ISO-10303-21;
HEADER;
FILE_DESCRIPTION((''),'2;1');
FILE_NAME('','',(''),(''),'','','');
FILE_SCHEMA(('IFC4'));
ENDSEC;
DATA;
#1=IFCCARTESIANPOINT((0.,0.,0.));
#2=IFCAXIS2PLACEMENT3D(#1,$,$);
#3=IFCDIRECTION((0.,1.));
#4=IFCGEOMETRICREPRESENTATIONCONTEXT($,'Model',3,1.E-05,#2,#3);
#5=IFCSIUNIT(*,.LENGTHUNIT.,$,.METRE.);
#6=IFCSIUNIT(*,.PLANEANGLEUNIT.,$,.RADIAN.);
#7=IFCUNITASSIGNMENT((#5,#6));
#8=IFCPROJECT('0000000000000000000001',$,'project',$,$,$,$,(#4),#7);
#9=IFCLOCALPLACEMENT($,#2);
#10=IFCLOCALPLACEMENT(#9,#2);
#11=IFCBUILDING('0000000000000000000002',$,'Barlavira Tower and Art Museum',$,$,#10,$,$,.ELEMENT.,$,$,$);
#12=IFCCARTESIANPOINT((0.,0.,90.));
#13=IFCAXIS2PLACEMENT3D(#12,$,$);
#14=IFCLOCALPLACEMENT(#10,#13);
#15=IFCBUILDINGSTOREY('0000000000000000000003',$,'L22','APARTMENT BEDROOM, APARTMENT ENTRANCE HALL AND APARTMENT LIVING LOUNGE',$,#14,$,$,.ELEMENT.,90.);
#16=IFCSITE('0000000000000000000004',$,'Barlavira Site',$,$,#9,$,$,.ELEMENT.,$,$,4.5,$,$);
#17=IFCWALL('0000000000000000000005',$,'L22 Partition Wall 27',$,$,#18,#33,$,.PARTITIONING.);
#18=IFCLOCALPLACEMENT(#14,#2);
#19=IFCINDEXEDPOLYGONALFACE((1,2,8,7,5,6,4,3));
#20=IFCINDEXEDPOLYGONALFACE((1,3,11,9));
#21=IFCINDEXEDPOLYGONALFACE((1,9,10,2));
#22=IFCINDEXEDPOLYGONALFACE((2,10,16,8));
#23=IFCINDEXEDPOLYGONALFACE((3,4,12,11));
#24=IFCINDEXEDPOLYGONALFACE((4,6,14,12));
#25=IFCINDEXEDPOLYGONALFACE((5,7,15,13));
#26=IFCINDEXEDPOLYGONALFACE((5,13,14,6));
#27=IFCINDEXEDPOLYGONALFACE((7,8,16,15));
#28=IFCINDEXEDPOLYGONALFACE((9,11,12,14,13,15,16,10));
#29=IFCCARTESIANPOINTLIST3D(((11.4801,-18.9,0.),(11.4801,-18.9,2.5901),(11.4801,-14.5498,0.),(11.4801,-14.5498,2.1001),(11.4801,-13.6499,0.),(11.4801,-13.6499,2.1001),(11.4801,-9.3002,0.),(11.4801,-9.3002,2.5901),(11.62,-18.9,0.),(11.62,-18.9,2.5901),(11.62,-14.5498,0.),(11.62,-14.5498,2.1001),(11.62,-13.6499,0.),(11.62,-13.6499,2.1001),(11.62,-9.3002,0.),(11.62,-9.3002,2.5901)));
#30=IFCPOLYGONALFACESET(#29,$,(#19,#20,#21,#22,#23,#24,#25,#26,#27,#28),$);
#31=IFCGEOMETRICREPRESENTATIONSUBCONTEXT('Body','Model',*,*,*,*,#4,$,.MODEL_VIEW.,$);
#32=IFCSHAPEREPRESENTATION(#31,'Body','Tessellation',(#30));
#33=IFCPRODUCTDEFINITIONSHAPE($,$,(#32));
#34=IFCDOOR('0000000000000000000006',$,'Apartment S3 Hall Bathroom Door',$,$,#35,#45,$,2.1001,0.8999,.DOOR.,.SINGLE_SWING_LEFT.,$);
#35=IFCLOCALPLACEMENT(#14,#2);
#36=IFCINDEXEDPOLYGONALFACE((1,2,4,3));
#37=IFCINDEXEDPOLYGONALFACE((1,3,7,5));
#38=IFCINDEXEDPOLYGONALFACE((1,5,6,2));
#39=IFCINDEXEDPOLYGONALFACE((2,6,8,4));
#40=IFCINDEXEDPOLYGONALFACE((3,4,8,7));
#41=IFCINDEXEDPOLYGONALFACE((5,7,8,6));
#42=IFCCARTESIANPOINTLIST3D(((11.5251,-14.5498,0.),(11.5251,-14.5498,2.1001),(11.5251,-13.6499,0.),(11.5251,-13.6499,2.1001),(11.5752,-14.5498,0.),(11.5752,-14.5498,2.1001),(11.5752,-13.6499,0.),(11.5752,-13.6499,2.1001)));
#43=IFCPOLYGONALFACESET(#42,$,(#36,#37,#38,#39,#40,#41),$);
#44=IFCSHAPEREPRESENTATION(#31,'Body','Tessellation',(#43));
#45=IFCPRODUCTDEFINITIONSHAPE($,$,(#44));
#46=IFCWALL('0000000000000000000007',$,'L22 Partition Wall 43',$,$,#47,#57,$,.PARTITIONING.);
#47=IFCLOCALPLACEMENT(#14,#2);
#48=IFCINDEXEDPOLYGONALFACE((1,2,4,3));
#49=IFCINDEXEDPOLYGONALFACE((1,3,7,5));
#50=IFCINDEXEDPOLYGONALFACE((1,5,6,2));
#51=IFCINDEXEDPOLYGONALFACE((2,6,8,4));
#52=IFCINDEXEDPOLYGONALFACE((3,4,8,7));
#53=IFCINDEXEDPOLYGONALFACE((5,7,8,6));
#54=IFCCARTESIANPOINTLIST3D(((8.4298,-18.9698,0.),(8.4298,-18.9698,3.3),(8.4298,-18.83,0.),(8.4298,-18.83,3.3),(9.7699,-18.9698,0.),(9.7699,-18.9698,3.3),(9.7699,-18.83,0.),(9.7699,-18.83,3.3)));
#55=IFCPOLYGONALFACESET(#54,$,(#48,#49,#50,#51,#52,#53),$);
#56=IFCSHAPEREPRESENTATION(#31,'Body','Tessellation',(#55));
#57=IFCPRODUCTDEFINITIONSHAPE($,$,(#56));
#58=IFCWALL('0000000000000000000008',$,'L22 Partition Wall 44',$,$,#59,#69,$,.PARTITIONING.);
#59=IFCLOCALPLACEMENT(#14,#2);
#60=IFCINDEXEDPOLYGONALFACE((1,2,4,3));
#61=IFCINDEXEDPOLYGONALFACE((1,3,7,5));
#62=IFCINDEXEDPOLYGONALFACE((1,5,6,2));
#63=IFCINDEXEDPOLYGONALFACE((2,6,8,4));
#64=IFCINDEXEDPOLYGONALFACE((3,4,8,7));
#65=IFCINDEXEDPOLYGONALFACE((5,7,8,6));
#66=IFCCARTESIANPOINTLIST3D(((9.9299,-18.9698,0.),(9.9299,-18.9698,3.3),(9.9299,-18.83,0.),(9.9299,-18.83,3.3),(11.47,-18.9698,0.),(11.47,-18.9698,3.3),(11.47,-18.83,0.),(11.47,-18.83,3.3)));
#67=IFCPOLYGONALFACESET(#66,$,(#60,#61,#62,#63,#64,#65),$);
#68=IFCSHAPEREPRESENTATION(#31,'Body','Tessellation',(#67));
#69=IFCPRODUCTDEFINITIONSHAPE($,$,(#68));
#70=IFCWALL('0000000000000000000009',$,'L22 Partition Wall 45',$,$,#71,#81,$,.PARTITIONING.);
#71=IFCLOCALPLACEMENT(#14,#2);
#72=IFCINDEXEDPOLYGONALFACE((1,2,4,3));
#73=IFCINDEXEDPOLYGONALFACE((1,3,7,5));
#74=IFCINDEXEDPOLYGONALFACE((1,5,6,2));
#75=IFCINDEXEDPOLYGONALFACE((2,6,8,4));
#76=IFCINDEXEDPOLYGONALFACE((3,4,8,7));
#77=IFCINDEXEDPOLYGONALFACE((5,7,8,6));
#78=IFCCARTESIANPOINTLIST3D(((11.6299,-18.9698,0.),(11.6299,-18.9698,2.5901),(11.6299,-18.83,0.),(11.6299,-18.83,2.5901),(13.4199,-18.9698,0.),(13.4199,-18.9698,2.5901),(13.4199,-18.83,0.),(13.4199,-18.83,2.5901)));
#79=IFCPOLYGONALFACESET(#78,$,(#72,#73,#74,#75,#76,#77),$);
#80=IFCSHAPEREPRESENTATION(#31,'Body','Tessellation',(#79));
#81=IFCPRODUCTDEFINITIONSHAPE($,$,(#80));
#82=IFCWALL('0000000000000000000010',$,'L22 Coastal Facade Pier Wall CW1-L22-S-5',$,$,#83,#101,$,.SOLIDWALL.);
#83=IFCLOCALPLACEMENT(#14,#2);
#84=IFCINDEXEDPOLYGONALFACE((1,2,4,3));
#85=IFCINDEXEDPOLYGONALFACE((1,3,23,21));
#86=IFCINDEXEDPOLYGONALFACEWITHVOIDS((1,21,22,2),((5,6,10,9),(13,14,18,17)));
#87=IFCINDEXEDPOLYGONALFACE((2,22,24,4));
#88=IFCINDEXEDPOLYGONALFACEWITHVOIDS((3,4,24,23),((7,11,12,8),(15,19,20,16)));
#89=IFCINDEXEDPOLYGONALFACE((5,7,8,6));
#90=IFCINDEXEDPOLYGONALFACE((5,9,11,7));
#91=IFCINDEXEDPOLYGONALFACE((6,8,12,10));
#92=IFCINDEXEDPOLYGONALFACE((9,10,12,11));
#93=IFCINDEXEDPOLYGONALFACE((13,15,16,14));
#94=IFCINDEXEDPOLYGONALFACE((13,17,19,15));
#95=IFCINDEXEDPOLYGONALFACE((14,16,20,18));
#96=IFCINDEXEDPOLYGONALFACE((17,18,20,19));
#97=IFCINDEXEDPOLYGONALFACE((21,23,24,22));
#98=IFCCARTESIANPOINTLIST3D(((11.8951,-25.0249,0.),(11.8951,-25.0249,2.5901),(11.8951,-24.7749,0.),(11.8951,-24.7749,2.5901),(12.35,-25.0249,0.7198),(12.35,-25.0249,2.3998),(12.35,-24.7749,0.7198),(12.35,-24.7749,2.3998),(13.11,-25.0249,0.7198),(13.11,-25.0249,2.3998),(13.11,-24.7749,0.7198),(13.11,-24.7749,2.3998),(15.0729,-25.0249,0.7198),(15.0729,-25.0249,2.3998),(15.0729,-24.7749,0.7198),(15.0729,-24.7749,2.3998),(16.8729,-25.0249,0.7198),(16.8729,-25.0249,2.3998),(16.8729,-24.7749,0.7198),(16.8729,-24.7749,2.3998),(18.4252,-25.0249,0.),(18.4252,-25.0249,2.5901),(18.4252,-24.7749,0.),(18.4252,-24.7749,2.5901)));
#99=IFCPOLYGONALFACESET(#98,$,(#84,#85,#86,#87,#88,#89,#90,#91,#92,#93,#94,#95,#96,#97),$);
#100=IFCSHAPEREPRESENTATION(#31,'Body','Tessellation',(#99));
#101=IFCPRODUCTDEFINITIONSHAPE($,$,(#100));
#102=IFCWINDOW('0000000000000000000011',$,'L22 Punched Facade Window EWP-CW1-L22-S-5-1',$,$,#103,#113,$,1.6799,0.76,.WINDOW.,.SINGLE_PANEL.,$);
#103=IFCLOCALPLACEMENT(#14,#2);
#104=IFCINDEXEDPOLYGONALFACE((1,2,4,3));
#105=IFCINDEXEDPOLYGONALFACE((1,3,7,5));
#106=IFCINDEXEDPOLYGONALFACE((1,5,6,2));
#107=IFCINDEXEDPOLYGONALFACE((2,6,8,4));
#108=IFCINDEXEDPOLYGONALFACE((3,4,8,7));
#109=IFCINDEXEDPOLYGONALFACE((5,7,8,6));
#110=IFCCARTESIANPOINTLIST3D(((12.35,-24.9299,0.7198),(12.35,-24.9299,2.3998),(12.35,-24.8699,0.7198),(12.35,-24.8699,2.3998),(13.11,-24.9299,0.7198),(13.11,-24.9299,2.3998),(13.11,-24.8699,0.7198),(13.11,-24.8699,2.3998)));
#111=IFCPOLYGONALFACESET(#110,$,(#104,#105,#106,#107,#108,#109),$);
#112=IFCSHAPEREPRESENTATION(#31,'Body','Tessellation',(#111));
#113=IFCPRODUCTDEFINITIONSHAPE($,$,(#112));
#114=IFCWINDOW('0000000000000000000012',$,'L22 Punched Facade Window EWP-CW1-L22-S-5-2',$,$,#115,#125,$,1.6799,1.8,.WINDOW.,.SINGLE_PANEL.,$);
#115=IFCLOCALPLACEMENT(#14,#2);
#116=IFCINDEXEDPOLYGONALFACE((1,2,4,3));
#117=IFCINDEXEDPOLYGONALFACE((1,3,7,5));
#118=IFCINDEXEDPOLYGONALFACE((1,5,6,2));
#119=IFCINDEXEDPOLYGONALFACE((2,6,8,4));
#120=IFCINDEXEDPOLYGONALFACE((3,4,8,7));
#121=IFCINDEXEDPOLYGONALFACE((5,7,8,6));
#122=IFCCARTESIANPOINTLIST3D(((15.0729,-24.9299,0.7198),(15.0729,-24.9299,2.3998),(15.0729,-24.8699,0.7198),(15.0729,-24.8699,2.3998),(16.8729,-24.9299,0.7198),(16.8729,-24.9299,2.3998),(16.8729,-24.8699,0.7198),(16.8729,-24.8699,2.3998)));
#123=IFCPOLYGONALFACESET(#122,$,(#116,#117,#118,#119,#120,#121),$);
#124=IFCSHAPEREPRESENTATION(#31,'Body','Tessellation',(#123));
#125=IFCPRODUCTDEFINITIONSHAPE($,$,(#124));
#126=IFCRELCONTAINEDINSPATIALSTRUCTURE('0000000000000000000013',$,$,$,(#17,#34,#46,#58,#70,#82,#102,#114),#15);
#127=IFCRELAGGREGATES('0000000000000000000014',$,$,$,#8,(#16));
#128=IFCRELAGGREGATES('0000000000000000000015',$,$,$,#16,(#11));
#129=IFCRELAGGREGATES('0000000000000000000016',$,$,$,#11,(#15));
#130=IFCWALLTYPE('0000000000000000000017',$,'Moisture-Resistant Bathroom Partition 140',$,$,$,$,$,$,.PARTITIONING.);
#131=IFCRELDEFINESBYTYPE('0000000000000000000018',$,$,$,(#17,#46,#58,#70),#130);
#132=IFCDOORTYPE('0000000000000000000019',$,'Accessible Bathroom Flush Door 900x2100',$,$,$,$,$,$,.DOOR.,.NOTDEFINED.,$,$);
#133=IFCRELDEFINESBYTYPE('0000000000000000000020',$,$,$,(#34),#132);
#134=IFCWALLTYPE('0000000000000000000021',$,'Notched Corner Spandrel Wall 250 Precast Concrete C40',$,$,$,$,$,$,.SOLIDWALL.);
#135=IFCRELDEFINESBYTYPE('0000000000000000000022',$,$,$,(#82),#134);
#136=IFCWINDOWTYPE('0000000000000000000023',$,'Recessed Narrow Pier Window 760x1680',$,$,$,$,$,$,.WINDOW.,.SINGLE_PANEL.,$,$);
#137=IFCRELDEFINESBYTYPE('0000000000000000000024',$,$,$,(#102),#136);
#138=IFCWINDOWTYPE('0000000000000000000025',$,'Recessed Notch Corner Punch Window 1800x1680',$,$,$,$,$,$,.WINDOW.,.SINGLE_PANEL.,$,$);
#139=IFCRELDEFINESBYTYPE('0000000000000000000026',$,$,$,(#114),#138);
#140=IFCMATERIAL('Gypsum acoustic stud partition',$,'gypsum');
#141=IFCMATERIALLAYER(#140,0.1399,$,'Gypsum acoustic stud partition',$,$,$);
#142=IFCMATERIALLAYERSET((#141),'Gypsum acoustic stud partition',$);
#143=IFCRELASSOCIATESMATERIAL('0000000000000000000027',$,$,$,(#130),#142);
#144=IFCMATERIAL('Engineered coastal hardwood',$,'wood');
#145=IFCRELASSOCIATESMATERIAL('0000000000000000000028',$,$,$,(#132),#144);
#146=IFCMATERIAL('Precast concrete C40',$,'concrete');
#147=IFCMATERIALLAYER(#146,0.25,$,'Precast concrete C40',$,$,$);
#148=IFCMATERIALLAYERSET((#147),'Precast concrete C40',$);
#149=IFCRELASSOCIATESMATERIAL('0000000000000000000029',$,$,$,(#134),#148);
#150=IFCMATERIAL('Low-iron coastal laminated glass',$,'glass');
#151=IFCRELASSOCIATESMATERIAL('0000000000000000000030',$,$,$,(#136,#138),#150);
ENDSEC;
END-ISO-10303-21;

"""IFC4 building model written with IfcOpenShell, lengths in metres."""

from ifc_helpers import new_model, si_unit, direction, frame, frame_2d, origin, place, context, subcontext, project, spatial, rectangle, extrude, material, layer, layer_set, type_object, element, fill, save


model = new_model("IFC4")

# Units and contexts
model_context = context("Model", 3, precision=1e-05, world=origin(), true_north=direction((0.0, 1.0)))
body_context = subcontext(model_context, "Body", "Model", "MODEL_VIEW")
ifc_project = project(units=[si_unit("LENGTHUNIT", "METRE"), si_unit("PLANEANGLEUNIT", "RADIAN")], contexts=[model_context])

# Site, building, storey
site_placement = place(None, origin())
site = spatial("IfcSite", under=ifc_project, at=site_placement, Name="Barlavira Site", CompositionType="ELEMENT", RefElevation=4.5)
building_placement = place(site_placement, origin())
building = spatial("IfcBuilding", under=site, at=building_placement, Name="Barlavira Tower and Art Museum", CompositionType="ELEMENT")
storey_placement = place(building_placement, frame((0.0, 0.0, 90.0)))
storey = spatial("IfcBuildingStorey", under=building, at=storey_placement, Name="L22", Description="APARTMENT BEDROOM, APARTMENT ENTRANCE HALL AND APARTMENT LIVING LOUNGE", CompositionType="ELEMENT", Elevation=90.0)

# Wall, opening, door
ifc_material_1 = material(Name="Gypsum acoustic stud partition", Category="gypsum")
ifc_material_2 = material(Name="Engineered coastal hardwood", Category="wood")
ifc_layer_1 = layer(ifc_material_1, 0.1399, Name="Gypsum acoustic stud partition")
ifc_layer_set_1 = layer_set([ifc_layer_1], Name="Gypsum acoustic stud partition")
wall_type_1 = type_object("IfcWallType", Name="Moisture-Resistant Bathroom Partition 140", PredefinedType="PARTITIONING", material=ifc_layer_set_1)
wall_1_placement = place(storey_placement, frame((11.55, -18.8999, 0.0), z_axis=(0.0, 0.0, 1.0), x_axis=(0.0, 1.0, 0.0)))
wall_1 = element("IfcWall", 1, at=wall_1_placement, inside=storey, type_object=wall_type_1, Name="L22 Partition Wall 27", PredefinedType="PARTITIONING", context=body_context, shape_type="SweptSolid", body=[
    extrude(rectangle(XDim=9.5999, YDim=0.1399, at=frame_2d((4.7998, 0.0))), origin(), (0.0, 0.0, 1.0), 2.5901),
])
opening_1_placement = place(wall_1_placement, frame((4.3501, 0.0, 0.0)))
opening_1 = element("IfcOpeningElement", 2, at=opening_1_placement, cuts=wall_1, PredefinedType="OPENING", context=body_context, shape_type="SweptSolid", body=[
    extrude(rectangle(XDim=0.8999, YDim=2.1001, at=frame_2d((0.45, 1.05))), frame((0.0, 0.0801, 0.0), z_axis=(0.0, -1.0, 0.0), x_axis=(1.0, 0.0, 0.0)), (0.0, 0.0, 1.0), 0.1599),
])
door_type_1 = type_object("IfcDoorType", Name="Accessible Bathroom Flush Door 900x2100", OperationType="NOTDEFINED", PredefinedType="DOOR", material=ifc_material_2)
door_1_placement = place(opening_1_placement, origin())
door_1 = element("IfcDoor", 3, at=door_1_placement, inside=storey, type_object=door_type_1, Name="Apartment S3 Hall Bathroom Door", OperationType="SINGLE_SWING_LEFT", OverallHeight=2.1001, OverallWidth=0.8999, PredefinedType="DOOR", context=body_context, shape_type="SweptSolid", body=[
    extrude(rectangle(XDim=0.8999, YDim=2.1001, at=frame_2d((0.45, 1.05))), frame((0.0, 0.0249, 0.0), z_axis=(0.0, -1.0, 0.0), x_axis=(1.0, 0.0, 0.0)), (0.0, 0.0, 1.0), 0.05),
])
fill(opening_1, door_1)

# Walls
wall_2_placement = place(storey_placement, frame((8.4299, -18.8999, 0.0), z_axis=(0.0, 0.0, 1.0), x_axis=(1.0, 0.0, 0.0)))
element("IfcWall", 4, at=wall_2_placement, inside=storey, type_object=wall_type_1, Name="L22 Partition Wall 43", PredefinedType="PARTITIONING", context=body_context, shape_type="SweptSolid", body=[
    extrude(rectangle(XDim=1.3401, YDim=0.1399, at=frame_2d((0.6699, 0.0))), origin(), (0.0, 0.0, 1.0), 3.3),
])
wall_3_placement = place(storey_placement, frame((9.9299, -18.8999, 0.0), z_axis=(0.0, 0.0, 1.0), x_axis=(1.0, 0.0, 0.0)))
element("IfcWall", 5, at=wall_3_placement, inside=storey, type_object=wall_type_1, Name="L22 Partition Wall 44", PredefinedType="PARTITIONING", context=body_context, shape_type="SweptSolid", body=[
    extrude(rectangle(XDim=1.54, YDim=0.1399, at=frame_2d((0.77, 0.0))), origin(), (0.0, 0.0, 1.0), 3.3),
])
wall_4_placement = place(storey_placement, frame((11.6299, -18.8999, 0.0), z_axis=(0.0, 0.0, 1.0), x_axis=(1.0, 0.0, 0.0)))
element("IfcWall", 6, at=wall_4_placement, inside=storey, type_object=wall_type_1, Name="L22 Partition Wall 45", PredefinedType="PARTITIONING", context=body_context, shape_type="SweptSolid", body=[
    extrude(rectangle(XDim=1.79, YDim=0.1399, at=frame_2d((0.895, 0.0))), origin(), (0.0, 0.0, 1.0), 2.5901),
])

# Wall, openings, windows
ifc_material_3 = material(Name="Precast concrete C40", Category="concrete")
ifc_layer_2 = layer(ifc_material_3, 0.25, Name="Precast concrete C40")
ifc_layer_set_2 = layer_set([ifc_layer_2], Name="Precast concrete C40")
wall_type_2 = type_object("IfcWallType", Name="Notched Corner Spandrel Wall 250 Precast Concrete C40", PredefinedType="SOLIDWALL", material=ifc_layer_set_2)
wall_5_placement = place(storey_placement, frame((11.895, -24.8999, 0.0), z_axis=(0.0, 0.0, 1.0), x_axis=(1.0, 0.0, 0.0)))
wall_5 = element("IfcWall", 7, at=wall_5_placement, inside=storey, type_object=wall_type_2, Name="L22 Coastal Facade Pier Wall CW1-L22-S-5", PredefinedType="SOLIDWALL", context=body_context, shape_type="SweptSolid", body=[
    extrude(rectangle(XDim=6.53, YDim=0.25, at=frame_2d((3.2651, 0.0))), origin(), (0.0, 0.0, 1.0), 2.5901),
])
opening_2_placement = place(wall_5_placement, frame((0.4551, 0.0, 0.72)))
opening_2 = element("IfcOpeningElement", 8, at=opening_2_placement, cuts=wall_5, PredefinedType="OPENING", context=body_context, shape_type="SweptSolid", body=[
    extrude(rectangle(XDim=0.76, YDim=1.6799, at=frame_2d((0.3799, 0.8398))), frame((0.0, 0.135, 0.0), z_axis=(0.0, -1.0, 0.0), x_axis=(1.0, 0.0, 0.0)), (0.0, 0.0, 1.0), 0.27),
])
opening_3_placement = place(wall_5_placement, frame((3.178, 0.0, 0.72)))
opening_3 = element("IfcOpeningElement", 9, at=opening_3_placement, cuts=wall_5, PredefinedType="OPENING", context=body_context, shape_type="SweptSolid", body=[
    extrude(rectangle(XDim=1.8, YDim=1.6799, at=frame_2d((0.8999, 0.8398))), frame((0.0, 0.135, 0.0), z_axis=(0.0, -1.0, 0.0), x_axis=(1.0, 0.0, 0.0)), (0.0, 0.0, 1.0), 0.27),
])
ifc_material_4 = material(Name="Low-iron coastal laminated glass", Category="glass")
window_type_1 = type_object("IfcWindowType", Name="Recessed Narrow Pier Window 760x1680", PartitioningType="SINGLE_PANEL", PredefinedType="WINDOW", material=ifc_material_4)
window_1_placement = place(opening_2_placement, origin())
window_1 = element("IfcWindow", 10, at=window_1_placement, inside=storey, type_object=window_type_1, Name="L22 Punched Facade Window EWP-CW1-L22-S-5-1", OverallHeight=1.6799, OverallWidth=0.76, PartitioningType="SINGLE_PANEL", PredefinedType="WINDOW", context=body_context, shape_type="SweptSolid", body=[
    extrude(rectangle(XDim=0.76, YDim=1.6799, at=frame_2d((0.3799, 0.8398))), frame((0.0, 0.03, 0.0), z_axis=(0.0, -1.0, 0.0), x_axis=(1.0, 0.0, 0.0)), (0.0, 0.0, 1.0), 0.0601),
])
fill(opening_2, window_1)
window_type_2 = type_object("IfcWindowType", Name="Recessed Notch Corner Punch Window 1800x1680", PartitioningType="SINGLE_PANEL", PredefinedType="WINDOW", material=ifc_material_4)
window_2_placement = place(opening_3_placement, origin())
window_2 = element("IfcWindow", 11, at=window_2_placement, inside=storey, type_object=window_type_2, Name="L22 Punched Facade Window EWP-CW1-L22-S-5-2", OverallHeight=1.6799, OverallWidth=1.8, PartitioningType="SINGLE_PANEL", PredefinedType="WINDOW", context=body_context, shape_type="SweptSolid", body=[
    extrude(rectangle(XDim=1.8, YDim=1.6799, at=frame_2d((0.8999, 0.8398))), frame((0.0, 0.03, 0.0), z_axis=(0.0, -1.0, 0.0), x_axis=(1.0, 0.0, 0.0)), (0.0, 0.0, 1.0), 0.0601),
])
fill(opening_3, window_2)

save(model, "model.ifc")
